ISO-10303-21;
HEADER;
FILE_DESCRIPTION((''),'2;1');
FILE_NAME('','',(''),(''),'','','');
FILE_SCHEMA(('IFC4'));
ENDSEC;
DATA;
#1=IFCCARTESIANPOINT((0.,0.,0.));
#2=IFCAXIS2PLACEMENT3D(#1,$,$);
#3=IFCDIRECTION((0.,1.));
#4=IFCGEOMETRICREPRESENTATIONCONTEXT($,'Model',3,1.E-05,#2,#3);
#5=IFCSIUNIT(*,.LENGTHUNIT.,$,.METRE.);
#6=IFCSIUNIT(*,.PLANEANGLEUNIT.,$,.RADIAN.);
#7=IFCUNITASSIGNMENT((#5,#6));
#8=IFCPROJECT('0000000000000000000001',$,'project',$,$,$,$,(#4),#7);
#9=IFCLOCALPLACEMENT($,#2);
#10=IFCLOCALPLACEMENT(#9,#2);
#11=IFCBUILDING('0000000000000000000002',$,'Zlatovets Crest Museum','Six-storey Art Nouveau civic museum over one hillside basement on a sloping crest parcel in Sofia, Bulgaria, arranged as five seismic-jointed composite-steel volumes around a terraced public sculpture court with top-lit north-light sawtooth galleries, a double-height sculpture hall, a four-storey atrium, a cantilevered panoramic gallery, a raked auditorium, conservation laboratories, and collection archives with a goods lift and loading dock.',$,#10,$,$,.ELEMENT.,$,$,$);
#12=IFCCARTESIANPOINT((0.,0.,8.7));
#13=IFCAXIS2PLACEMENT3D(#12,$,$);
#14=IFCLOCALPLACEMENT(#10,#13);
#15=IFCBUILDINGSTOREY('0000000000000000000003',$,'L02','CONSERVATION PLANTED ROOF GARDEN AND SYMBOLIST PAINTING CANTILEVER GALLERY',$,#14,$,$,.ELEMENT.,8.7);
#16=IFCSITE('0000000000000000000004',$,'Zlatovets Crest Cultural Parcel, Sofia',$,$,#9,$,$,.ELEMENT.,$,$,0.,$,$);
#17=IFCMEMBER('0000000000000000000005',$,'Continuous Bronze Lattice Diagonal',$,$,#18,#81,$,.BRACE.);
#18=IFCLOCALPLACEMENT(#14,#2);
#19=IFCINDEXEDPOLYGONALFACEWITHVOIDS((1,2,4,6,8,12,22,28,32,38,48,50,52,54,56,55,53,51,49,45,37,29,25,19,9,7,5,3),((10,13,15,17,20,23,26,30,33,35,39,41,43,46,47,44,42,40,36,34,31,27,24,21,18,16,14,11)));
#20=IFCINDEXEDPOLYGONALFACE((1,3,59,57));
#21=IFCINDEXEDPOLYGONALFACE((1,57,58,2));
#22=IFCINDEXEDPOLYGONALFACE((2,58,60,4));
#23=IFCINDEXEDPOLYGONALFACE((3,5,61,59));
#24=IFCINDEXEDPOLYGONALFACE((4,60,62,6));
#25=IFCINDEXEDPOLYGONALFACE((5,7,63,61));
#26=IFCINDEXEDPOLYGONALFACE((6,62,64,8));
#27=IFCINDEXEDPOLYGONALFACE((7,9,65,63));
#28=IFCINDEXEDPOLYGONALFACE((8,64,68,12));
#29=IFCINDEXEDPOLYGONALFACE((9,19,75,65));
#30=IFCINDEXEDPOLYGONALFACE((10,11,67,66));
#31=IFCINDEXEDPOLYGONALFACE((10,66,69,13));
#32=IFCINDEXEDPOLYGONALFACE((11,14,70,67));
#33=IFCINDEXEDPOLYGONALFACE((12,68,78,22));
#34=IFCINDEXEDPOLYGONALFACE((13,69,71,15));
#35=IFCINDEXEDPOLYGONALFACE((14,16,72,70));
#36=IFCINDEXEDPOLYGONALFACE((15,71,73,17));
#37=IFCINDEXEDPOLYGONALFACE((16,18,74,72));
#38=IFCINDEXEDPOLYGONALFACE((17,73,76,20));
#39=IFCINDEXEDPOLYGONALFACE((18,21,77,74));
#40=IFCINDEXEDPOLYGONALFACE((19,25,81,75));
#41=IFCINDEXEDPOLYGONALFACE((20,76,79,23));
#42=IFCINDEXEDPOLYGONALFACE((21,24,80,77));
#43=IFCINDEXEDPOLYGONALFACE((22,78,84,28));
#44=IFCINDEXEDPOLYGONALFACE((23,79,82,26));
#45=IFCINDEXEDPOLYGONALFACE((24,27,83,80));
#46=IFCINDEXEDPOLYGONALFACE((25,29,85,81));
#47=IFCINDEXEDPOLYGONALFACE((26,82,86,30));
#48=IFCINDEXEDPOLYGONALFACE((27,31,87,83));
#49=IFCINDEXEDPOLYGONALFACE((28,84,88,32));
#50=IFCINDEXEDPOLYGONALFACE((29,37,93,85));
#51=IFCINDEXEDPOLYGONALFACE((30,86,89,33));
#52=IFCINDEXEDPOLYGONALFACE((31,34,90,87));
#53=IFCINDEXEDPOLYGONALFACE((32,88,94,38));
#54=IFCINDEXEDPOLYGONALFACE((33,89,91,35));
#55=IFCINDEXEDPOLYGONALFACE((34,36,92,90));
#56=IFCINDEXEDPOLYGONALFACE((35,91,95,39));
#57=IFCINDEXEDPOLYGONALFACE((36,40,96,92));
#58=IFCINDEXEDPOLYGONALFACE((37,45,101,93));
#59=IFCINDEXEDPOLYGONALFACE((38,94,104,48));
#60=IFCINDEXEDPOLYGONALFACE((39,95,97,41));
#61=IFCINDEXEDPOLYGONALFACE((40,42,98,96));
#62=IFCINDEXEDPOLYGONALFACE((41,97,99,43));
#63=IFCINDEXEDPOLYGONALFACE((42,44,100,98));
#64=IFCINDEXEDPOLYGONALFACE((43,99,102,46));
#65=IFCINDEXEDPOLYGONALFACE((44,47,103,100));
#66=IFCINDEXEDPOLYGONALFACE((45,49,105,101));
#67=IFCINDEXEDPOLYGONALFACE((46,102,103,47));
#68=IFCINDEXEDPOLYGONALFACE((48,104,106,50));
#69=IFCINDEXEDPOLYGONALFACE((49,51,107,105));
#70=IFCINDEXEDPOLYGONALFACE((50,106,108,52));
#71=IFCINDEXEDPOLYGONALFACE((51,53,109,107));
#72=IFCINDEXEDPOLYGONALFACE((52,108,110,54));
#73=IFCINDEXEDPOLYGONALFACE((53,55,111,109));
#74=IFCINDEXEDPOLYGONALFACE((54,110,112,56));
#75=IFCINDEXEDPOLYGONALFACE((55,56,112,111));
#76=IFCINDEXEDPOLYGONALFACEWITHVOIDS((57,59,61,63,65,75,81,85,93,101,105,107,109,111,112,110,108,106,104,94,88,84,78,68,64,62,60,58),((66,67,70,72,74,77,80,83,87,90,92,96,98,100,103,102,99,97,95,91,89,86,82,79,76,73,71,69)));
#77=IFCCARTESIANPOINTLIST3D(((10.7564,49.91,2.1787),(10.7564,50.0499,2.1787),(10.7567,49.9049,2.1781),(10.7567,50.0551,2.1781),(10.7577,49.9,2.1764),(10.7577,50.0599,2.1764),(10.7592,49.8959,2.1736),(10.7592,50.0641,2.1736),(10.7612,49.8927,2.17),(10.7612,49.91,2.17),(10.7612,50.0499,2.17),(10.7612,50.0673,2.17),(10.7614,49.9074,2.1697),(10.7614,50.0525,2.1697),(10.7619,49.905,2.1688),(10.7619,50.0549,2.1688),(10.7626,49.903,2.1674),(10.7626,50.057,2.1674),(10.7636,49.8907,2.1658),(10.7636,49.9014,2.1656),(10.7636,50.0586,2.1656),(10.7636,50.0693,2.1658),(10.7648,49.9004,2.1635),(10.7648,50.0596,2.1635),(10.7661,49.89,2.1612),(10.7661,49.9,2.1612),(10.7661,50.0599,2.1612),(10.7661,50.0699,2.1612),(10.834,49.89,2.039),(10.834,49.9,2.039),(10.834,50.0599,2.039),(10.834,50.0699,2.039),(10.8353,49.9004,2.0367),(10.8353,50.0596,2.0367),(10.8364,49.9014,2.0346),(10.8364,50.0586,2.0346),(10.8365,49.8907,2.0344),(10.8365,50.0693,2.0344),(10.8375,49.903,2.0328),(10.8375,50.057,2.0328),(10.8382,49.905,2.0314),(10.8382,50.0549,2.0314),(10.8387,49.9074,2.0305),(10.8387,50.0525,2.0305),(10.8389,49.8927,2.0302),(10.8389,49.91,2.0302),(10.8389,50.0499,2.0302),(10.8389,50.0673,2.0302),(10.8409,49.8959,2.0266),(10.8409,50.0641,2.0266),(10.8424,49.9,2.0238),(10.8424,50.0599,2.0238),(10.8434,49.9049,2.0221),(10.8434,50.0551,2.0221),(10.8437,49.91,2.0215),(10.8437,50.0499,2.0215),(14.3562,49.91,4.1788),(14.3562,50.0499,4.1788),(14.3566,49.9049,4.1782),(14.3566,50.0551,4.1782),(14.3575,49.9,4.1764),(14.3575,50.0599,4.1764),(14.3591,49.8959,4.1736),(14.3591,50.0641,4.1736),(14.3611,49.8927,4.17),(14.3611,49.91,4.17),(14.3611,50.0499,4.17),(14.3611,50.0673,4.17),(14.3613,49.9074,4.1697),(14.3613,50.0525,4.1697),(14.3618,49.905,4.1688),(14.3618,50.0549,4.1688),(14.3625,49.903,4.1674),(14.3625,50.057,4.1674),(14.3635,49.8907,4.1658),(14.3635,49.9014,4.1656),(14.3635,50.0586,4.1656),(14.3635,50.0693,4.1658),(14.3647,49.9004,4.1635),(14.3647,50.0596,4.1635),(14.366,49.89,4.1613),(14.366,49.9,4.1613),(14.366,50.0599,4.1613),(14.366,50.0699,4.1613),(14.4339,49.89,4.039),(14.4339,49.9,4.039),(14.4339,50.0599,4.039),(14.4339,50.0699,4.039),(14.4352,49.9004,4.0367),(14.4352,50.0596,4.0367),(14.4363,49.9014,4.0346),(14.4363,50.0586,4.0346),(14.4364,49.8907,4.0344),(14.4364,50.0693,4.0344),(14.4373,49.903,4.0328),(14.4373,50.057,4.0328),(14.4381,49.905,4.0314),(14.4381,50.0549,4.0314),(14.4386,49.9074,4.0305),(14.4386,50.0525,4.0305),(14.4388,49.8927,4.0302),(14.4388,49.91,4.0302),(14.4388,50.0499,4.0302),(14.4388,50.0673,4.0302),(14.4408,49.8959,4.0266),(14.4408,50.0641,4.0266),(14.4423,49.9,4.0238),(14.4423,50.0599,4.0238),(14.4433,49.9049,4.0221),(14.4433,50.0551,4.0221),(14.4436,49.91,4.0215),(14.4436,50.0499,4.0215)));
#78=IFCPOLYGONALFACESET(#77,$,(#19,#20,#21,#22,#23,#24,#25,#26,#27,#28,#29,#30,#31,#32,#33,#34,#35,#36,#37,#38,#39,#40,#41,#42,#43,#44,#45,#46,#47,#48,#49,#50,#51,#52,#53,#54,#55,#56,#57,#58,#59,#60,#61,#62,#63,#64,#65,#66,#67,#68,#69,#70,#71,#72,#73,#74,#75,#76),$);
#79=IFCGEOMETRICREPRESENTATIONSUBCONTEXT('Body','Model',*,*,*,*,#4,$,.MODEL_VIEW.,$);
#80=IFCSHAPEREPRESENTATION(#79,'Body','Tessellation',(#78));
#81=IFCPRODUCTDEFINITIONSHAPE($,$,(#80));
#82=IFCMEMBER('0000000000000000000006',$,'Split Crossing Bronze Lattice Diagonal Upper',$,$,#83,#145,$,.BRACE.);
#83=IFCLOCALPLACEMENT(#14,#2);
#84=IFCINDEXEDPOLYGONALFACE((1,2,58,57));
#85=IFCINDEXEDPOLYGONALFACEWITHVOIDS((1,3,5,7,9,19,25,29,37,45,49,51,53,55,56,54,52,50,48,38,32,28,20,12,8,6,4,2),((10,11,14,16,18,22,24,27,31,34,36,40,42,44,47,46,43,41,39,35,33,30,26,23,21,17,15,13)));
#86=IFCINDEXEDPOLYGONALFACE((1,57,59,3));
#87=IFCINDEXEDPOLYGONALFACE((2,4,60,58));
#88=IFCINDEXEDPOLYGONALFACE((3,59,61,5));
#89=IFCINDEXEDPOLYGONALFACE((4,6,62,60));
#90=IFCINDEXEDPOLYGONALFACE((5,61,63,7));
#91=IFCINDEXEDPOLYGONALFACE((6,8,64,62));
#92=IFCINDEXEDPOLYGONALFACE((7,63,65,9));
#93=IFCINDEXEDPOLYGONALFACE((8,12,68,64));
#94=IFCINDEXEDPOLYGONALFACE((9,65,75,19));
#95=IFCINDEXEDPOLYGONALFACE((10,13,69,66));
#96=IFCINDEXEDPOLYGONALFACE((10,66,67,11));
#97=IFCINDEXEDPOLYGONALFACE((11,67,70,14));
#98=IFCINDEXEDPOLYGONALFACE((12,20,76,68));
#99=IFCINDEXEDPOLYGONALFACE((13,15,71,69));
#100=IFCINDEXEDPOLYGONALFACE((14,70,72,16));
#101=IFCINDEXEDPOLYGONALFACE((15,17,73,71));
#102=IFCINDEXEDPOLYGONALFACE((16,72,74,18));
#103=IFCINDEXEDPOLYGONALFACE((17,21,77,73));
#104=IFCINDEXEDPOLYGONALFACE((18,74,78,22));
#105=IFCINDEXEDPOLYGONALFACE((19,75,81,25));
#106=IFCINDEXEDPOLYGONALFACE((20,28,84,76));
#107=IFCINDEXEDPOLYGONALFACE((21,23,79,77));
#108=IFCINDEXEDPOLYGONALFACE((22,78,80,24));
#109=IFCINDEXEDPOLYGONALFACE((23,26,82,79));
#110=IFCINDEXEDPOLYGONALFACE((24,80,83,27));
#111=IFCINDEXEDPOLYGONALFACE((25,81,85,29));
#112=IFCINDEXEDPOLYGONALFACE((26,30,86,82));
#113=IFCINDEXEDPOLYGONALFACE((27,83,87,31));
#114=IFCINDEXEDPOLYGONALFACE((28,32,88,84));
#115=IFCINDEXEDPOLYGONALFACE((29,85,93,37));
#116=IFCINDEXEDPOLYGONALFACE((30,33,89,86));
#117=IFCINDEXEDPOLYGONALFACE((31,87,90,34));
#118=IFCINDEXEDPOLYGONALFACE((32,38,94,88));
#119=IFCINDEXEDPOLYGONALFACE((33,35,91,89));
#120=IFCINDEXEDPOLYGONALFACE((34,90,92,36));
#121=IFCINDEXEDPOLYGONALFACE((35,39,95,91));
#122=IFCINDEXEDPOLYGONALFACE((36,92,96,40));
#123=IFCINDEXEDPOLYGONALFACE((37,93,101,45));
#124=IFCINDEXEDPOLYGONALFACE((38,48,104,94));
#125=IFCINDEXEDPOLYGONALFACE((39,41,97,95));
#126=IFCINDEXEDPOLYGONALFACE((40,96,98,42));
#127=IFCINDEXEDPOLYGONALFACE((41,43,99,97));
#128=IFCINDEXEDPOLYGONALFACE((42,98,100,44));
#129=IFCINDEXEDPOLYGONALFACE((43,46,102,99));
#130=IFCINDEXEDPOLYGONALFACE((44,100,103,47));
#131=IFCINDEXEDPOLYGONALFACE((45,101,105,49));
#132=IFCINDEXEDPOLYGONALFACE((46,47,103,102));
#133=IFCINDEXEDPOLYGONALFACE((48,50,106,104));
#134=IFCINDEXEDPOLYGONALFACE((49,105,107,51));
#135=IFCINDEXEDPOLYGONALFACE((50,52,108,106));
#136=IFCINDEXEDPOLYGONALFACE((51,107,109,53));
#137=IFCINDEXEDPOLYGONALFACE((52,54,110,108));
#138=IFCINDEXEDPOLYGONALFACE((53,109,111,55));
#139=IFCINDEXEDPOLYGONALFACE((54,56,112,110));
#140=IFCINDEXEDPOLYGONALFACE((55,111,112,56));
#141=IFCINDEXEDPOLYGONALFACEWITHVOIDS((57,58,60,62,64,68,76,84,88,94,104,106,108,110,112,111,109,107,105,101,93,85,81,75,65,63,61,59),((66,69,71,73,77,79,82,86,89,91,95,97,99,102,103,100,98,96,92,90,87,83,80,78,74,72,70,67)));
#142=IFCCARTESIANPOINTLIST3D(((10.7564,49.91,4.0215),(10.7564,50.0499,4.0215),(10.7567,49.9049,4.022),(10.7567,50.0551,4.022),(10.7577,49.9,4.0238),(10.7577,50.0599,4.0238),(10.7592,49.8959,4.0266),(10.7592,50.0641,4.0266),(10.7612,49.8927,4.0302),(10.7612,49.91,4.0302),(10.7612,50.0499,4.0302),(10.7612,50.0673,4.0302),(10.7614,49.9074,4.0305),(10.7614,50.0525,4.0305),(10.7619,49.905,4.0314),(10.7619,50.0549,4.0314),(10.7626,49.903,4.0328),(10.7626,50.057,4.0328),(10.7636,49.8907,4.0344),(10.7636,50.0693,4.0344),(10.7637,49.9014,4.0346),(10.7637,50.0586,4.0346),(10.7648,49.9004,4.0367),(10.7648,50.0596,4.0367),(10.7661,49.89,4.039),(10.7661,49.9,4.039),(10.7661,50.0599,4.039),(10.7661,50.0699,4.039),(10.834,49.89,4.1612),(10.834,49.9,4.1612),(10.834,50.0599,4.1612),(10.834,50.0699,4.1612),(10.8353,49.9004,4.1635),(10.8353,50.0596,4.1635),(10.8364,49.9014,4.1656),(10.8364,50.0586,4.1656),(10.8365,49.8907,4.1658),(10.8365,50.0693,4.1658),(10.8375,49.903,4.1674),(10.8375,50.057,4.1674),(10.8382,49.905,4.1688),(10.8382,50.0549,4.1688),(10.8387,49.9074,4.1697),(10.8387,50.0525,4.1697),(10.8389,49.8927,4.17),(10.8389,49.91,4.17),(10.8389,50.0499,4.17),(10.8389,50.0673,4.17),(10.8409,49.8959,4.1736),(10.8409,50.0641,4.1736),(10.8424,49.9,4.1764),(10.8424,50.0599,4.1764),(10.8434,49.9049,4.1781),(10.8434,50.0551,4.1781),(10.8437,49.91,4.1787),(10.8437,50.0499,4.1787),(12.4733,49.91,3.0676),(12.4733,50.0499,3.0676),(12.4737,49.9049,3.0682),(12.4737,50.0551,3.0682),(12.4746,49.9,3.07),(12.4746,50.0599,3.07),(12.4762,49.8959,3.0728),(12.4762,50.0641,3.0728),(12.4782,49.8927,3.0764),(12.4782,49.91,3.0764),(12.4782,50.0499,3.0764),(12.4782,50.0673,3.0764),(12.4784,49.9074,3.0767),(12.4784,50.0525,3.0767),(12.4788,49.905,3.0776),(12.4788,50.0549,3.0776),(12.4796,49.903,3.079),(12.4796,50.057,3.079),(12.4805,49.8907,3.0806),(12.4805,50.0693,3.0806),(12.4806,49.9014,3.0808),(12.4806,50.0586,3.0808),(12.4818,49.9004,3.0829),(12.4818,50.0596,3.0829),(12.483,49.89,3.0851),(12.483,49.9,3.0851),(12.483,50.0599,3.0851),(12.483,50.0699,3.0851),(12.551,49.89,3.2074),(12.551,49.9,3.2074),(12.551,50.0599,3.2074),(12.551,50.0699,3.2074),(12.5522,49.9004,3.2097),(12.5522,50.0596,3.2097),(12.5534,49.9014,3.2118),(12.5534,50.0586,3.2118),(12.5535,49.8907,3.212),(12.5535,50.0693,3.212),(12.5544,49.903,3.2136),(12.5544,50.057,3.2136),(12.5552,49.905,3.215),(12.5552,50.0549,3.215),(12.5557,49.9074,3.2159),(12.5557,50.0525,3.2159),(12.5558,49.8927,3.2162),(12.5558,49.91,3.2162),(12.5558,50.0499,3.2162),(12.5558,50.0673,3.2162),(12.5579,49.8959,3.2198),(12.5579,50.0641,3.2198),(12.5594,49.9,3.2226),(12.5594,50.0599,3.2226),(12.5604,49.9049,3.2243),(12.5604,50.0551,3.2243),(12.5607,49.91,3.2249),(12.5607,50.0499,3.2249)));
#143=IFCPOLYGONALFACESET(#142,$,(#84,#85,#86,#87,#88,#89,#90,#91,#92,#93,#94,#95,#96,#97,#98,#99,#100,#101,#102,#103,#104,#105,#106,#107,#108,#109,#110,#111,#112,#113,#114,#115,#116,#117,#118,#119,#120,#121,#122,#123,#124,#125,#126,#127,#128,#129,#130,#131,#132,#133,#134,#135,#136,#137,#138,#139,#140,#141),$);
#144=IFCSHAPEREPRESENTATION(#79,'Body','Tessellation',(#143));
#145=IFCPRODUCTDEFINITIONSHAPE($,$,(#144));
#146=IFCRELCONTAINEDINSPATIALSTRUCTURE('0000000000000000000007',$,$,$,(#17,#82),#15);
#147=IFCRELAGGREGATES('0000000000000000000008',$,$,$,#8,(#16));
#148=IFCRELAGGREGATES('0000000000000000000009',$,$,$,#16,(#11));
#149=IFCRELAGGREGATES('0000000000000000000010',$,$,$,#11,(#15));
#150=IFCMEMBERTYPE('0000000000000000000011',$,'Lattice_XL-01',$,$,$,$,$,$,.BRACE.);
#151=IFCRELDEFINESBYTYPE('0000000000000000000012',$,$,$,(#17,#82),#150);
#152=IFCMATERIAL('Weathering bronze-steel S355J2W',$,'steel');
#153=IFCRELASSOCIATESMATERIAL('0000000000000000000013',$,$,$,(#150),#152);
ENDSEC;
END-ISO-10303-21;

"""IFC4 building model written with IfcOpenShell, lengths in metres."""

from ifc_helpers import new_model, si_unit, direction, frame, origin, origin_2d, place, context, subcontext, project, spatial, hollow_rectangle, extrude, material, material_profile, profile_set, type_object, element, save


model = new_model("IFC4")

# Units and contexts
model_context = context("Model", 3, precision=1e-05, world=origin(), true_north=direction((0.0, 1.0)))
body_context = subcontext(model_context, "Body", "Model", "MODEL_VIEW")
ifc_project = project(units=[si_unit("LENGTHUNIT", "METRE"), si_unit("PLANEANGLEUNIT", "RADIAN")], contexts=[model_context])

# Site, building, storey
site_placement = place(None, origin())
site = spatial("IfcSite", under=ifc_project, at=site_placement, Name="Zlatovets Crest Cultural Parcel, Sofia", CompositionType="ELEMENT", RefElevation=0.0)
building_placement = place(site_placement, origin())
building = spatial("IfcBuilding", under=site, at=building_placement, Name="Zlatovets Crest Museum", Description="Six-storey Art Nouveau civic museum over one hillside basement on a sloping crest parcel in Sofia, Bulgaria, arranged as five seismic-jointed composite-steel volumes around a terraced public sculpture court with top-lit north-light sawtooth galleries, a double-height sculpture hall, a four-storey atrium, a cantilevered panoramic gallery, a raked auditorium, conservation laboratories, and collection archives with a goods lift and loading dock.", CompositionType="ELEMENT")
storey_placement = place(building_placement, frame((0.0, 0.0, 8.7)))
storey = spatial("IfcBuildingStorey", under=building, at=storey_placement, Name="L02", Description="CONSERVATION PLANTED ROOF GARDEN AND SYMBOLIST PAINTING CANTILEVER GALLERY", CompositionType="ELEMENT", Elevation=8.7)

# Members
ifc_material_1 = material(Name="Weathering bronze-steel S355J2W", Category="steel")
ifc_material_profile_1 = material_profile(ifc_material_1, hollow_rectangle(XDim=0.1799, YDim=0.1799, WallThickness=0.01, InnerFilletRadius=0.01, OuterFilletRadius=0.02, at=origin_2d()), Name="SHS 180x180x10.0")
ifc_profile_set_1 = profile_set([ifc_material_profile_1], Name="Weathering bronze-steel S355J2W")
member_type_1 = type_object("IfcMemberType", Name="Lattice_XL-01", PredefinedType="BRACE", material=ifc_profile_set_1)
member_1_placement = place(storey_placement, frame((10.8, 49.98, 2.1001), z_axis=(0.874149, 0.0, 0.485658), x_axis=(0.0, 1.0, 0.0)))
element("IfcMember", 1, at=member_1_placement, inside=storey, type_object=member_type_1, Name="Continuous Bronze Lattice Diagonal", PredefinedType="BRACE", context=body_context, shape_type="SweptSolid", body=[
    extrude(hollow_rectangle(XDim=0.1799, YDim=0.1799, WallThickness=0.01, InnerFilletRadius=0.01, OuterFilletRadius=0.02, at=origin_2d()), origin(), (0.0, 0.0, 1.0), 4.1182),
])
member_2_placement = place(storey_placement, frame((10.8, 49.98, 4.1001), z_axis=(0.874169, 0.0, -0.485622), x_axis=(0.0, 1.0, 0.0)))
element("IfcMember", 2, at=member_2_placement, inside=storey, type_object=member_type_1, Name="Split Crossing Bronze Lattice Diagonal Upper", PredefinedType="BRACE", context=body_context, shape_type="SweptSolid", body=[
    extrude(hollow_rectangle(XDim=0.1799, YDim=0.1799, WallThickness=0.01, InnerFilletRadius=0.01, OuterFilletRadius=0.02, at=origin_2d()), origin(), (0.0, 0.0, 1.0), 1.9641),
])

save(model, "model.ifc")
